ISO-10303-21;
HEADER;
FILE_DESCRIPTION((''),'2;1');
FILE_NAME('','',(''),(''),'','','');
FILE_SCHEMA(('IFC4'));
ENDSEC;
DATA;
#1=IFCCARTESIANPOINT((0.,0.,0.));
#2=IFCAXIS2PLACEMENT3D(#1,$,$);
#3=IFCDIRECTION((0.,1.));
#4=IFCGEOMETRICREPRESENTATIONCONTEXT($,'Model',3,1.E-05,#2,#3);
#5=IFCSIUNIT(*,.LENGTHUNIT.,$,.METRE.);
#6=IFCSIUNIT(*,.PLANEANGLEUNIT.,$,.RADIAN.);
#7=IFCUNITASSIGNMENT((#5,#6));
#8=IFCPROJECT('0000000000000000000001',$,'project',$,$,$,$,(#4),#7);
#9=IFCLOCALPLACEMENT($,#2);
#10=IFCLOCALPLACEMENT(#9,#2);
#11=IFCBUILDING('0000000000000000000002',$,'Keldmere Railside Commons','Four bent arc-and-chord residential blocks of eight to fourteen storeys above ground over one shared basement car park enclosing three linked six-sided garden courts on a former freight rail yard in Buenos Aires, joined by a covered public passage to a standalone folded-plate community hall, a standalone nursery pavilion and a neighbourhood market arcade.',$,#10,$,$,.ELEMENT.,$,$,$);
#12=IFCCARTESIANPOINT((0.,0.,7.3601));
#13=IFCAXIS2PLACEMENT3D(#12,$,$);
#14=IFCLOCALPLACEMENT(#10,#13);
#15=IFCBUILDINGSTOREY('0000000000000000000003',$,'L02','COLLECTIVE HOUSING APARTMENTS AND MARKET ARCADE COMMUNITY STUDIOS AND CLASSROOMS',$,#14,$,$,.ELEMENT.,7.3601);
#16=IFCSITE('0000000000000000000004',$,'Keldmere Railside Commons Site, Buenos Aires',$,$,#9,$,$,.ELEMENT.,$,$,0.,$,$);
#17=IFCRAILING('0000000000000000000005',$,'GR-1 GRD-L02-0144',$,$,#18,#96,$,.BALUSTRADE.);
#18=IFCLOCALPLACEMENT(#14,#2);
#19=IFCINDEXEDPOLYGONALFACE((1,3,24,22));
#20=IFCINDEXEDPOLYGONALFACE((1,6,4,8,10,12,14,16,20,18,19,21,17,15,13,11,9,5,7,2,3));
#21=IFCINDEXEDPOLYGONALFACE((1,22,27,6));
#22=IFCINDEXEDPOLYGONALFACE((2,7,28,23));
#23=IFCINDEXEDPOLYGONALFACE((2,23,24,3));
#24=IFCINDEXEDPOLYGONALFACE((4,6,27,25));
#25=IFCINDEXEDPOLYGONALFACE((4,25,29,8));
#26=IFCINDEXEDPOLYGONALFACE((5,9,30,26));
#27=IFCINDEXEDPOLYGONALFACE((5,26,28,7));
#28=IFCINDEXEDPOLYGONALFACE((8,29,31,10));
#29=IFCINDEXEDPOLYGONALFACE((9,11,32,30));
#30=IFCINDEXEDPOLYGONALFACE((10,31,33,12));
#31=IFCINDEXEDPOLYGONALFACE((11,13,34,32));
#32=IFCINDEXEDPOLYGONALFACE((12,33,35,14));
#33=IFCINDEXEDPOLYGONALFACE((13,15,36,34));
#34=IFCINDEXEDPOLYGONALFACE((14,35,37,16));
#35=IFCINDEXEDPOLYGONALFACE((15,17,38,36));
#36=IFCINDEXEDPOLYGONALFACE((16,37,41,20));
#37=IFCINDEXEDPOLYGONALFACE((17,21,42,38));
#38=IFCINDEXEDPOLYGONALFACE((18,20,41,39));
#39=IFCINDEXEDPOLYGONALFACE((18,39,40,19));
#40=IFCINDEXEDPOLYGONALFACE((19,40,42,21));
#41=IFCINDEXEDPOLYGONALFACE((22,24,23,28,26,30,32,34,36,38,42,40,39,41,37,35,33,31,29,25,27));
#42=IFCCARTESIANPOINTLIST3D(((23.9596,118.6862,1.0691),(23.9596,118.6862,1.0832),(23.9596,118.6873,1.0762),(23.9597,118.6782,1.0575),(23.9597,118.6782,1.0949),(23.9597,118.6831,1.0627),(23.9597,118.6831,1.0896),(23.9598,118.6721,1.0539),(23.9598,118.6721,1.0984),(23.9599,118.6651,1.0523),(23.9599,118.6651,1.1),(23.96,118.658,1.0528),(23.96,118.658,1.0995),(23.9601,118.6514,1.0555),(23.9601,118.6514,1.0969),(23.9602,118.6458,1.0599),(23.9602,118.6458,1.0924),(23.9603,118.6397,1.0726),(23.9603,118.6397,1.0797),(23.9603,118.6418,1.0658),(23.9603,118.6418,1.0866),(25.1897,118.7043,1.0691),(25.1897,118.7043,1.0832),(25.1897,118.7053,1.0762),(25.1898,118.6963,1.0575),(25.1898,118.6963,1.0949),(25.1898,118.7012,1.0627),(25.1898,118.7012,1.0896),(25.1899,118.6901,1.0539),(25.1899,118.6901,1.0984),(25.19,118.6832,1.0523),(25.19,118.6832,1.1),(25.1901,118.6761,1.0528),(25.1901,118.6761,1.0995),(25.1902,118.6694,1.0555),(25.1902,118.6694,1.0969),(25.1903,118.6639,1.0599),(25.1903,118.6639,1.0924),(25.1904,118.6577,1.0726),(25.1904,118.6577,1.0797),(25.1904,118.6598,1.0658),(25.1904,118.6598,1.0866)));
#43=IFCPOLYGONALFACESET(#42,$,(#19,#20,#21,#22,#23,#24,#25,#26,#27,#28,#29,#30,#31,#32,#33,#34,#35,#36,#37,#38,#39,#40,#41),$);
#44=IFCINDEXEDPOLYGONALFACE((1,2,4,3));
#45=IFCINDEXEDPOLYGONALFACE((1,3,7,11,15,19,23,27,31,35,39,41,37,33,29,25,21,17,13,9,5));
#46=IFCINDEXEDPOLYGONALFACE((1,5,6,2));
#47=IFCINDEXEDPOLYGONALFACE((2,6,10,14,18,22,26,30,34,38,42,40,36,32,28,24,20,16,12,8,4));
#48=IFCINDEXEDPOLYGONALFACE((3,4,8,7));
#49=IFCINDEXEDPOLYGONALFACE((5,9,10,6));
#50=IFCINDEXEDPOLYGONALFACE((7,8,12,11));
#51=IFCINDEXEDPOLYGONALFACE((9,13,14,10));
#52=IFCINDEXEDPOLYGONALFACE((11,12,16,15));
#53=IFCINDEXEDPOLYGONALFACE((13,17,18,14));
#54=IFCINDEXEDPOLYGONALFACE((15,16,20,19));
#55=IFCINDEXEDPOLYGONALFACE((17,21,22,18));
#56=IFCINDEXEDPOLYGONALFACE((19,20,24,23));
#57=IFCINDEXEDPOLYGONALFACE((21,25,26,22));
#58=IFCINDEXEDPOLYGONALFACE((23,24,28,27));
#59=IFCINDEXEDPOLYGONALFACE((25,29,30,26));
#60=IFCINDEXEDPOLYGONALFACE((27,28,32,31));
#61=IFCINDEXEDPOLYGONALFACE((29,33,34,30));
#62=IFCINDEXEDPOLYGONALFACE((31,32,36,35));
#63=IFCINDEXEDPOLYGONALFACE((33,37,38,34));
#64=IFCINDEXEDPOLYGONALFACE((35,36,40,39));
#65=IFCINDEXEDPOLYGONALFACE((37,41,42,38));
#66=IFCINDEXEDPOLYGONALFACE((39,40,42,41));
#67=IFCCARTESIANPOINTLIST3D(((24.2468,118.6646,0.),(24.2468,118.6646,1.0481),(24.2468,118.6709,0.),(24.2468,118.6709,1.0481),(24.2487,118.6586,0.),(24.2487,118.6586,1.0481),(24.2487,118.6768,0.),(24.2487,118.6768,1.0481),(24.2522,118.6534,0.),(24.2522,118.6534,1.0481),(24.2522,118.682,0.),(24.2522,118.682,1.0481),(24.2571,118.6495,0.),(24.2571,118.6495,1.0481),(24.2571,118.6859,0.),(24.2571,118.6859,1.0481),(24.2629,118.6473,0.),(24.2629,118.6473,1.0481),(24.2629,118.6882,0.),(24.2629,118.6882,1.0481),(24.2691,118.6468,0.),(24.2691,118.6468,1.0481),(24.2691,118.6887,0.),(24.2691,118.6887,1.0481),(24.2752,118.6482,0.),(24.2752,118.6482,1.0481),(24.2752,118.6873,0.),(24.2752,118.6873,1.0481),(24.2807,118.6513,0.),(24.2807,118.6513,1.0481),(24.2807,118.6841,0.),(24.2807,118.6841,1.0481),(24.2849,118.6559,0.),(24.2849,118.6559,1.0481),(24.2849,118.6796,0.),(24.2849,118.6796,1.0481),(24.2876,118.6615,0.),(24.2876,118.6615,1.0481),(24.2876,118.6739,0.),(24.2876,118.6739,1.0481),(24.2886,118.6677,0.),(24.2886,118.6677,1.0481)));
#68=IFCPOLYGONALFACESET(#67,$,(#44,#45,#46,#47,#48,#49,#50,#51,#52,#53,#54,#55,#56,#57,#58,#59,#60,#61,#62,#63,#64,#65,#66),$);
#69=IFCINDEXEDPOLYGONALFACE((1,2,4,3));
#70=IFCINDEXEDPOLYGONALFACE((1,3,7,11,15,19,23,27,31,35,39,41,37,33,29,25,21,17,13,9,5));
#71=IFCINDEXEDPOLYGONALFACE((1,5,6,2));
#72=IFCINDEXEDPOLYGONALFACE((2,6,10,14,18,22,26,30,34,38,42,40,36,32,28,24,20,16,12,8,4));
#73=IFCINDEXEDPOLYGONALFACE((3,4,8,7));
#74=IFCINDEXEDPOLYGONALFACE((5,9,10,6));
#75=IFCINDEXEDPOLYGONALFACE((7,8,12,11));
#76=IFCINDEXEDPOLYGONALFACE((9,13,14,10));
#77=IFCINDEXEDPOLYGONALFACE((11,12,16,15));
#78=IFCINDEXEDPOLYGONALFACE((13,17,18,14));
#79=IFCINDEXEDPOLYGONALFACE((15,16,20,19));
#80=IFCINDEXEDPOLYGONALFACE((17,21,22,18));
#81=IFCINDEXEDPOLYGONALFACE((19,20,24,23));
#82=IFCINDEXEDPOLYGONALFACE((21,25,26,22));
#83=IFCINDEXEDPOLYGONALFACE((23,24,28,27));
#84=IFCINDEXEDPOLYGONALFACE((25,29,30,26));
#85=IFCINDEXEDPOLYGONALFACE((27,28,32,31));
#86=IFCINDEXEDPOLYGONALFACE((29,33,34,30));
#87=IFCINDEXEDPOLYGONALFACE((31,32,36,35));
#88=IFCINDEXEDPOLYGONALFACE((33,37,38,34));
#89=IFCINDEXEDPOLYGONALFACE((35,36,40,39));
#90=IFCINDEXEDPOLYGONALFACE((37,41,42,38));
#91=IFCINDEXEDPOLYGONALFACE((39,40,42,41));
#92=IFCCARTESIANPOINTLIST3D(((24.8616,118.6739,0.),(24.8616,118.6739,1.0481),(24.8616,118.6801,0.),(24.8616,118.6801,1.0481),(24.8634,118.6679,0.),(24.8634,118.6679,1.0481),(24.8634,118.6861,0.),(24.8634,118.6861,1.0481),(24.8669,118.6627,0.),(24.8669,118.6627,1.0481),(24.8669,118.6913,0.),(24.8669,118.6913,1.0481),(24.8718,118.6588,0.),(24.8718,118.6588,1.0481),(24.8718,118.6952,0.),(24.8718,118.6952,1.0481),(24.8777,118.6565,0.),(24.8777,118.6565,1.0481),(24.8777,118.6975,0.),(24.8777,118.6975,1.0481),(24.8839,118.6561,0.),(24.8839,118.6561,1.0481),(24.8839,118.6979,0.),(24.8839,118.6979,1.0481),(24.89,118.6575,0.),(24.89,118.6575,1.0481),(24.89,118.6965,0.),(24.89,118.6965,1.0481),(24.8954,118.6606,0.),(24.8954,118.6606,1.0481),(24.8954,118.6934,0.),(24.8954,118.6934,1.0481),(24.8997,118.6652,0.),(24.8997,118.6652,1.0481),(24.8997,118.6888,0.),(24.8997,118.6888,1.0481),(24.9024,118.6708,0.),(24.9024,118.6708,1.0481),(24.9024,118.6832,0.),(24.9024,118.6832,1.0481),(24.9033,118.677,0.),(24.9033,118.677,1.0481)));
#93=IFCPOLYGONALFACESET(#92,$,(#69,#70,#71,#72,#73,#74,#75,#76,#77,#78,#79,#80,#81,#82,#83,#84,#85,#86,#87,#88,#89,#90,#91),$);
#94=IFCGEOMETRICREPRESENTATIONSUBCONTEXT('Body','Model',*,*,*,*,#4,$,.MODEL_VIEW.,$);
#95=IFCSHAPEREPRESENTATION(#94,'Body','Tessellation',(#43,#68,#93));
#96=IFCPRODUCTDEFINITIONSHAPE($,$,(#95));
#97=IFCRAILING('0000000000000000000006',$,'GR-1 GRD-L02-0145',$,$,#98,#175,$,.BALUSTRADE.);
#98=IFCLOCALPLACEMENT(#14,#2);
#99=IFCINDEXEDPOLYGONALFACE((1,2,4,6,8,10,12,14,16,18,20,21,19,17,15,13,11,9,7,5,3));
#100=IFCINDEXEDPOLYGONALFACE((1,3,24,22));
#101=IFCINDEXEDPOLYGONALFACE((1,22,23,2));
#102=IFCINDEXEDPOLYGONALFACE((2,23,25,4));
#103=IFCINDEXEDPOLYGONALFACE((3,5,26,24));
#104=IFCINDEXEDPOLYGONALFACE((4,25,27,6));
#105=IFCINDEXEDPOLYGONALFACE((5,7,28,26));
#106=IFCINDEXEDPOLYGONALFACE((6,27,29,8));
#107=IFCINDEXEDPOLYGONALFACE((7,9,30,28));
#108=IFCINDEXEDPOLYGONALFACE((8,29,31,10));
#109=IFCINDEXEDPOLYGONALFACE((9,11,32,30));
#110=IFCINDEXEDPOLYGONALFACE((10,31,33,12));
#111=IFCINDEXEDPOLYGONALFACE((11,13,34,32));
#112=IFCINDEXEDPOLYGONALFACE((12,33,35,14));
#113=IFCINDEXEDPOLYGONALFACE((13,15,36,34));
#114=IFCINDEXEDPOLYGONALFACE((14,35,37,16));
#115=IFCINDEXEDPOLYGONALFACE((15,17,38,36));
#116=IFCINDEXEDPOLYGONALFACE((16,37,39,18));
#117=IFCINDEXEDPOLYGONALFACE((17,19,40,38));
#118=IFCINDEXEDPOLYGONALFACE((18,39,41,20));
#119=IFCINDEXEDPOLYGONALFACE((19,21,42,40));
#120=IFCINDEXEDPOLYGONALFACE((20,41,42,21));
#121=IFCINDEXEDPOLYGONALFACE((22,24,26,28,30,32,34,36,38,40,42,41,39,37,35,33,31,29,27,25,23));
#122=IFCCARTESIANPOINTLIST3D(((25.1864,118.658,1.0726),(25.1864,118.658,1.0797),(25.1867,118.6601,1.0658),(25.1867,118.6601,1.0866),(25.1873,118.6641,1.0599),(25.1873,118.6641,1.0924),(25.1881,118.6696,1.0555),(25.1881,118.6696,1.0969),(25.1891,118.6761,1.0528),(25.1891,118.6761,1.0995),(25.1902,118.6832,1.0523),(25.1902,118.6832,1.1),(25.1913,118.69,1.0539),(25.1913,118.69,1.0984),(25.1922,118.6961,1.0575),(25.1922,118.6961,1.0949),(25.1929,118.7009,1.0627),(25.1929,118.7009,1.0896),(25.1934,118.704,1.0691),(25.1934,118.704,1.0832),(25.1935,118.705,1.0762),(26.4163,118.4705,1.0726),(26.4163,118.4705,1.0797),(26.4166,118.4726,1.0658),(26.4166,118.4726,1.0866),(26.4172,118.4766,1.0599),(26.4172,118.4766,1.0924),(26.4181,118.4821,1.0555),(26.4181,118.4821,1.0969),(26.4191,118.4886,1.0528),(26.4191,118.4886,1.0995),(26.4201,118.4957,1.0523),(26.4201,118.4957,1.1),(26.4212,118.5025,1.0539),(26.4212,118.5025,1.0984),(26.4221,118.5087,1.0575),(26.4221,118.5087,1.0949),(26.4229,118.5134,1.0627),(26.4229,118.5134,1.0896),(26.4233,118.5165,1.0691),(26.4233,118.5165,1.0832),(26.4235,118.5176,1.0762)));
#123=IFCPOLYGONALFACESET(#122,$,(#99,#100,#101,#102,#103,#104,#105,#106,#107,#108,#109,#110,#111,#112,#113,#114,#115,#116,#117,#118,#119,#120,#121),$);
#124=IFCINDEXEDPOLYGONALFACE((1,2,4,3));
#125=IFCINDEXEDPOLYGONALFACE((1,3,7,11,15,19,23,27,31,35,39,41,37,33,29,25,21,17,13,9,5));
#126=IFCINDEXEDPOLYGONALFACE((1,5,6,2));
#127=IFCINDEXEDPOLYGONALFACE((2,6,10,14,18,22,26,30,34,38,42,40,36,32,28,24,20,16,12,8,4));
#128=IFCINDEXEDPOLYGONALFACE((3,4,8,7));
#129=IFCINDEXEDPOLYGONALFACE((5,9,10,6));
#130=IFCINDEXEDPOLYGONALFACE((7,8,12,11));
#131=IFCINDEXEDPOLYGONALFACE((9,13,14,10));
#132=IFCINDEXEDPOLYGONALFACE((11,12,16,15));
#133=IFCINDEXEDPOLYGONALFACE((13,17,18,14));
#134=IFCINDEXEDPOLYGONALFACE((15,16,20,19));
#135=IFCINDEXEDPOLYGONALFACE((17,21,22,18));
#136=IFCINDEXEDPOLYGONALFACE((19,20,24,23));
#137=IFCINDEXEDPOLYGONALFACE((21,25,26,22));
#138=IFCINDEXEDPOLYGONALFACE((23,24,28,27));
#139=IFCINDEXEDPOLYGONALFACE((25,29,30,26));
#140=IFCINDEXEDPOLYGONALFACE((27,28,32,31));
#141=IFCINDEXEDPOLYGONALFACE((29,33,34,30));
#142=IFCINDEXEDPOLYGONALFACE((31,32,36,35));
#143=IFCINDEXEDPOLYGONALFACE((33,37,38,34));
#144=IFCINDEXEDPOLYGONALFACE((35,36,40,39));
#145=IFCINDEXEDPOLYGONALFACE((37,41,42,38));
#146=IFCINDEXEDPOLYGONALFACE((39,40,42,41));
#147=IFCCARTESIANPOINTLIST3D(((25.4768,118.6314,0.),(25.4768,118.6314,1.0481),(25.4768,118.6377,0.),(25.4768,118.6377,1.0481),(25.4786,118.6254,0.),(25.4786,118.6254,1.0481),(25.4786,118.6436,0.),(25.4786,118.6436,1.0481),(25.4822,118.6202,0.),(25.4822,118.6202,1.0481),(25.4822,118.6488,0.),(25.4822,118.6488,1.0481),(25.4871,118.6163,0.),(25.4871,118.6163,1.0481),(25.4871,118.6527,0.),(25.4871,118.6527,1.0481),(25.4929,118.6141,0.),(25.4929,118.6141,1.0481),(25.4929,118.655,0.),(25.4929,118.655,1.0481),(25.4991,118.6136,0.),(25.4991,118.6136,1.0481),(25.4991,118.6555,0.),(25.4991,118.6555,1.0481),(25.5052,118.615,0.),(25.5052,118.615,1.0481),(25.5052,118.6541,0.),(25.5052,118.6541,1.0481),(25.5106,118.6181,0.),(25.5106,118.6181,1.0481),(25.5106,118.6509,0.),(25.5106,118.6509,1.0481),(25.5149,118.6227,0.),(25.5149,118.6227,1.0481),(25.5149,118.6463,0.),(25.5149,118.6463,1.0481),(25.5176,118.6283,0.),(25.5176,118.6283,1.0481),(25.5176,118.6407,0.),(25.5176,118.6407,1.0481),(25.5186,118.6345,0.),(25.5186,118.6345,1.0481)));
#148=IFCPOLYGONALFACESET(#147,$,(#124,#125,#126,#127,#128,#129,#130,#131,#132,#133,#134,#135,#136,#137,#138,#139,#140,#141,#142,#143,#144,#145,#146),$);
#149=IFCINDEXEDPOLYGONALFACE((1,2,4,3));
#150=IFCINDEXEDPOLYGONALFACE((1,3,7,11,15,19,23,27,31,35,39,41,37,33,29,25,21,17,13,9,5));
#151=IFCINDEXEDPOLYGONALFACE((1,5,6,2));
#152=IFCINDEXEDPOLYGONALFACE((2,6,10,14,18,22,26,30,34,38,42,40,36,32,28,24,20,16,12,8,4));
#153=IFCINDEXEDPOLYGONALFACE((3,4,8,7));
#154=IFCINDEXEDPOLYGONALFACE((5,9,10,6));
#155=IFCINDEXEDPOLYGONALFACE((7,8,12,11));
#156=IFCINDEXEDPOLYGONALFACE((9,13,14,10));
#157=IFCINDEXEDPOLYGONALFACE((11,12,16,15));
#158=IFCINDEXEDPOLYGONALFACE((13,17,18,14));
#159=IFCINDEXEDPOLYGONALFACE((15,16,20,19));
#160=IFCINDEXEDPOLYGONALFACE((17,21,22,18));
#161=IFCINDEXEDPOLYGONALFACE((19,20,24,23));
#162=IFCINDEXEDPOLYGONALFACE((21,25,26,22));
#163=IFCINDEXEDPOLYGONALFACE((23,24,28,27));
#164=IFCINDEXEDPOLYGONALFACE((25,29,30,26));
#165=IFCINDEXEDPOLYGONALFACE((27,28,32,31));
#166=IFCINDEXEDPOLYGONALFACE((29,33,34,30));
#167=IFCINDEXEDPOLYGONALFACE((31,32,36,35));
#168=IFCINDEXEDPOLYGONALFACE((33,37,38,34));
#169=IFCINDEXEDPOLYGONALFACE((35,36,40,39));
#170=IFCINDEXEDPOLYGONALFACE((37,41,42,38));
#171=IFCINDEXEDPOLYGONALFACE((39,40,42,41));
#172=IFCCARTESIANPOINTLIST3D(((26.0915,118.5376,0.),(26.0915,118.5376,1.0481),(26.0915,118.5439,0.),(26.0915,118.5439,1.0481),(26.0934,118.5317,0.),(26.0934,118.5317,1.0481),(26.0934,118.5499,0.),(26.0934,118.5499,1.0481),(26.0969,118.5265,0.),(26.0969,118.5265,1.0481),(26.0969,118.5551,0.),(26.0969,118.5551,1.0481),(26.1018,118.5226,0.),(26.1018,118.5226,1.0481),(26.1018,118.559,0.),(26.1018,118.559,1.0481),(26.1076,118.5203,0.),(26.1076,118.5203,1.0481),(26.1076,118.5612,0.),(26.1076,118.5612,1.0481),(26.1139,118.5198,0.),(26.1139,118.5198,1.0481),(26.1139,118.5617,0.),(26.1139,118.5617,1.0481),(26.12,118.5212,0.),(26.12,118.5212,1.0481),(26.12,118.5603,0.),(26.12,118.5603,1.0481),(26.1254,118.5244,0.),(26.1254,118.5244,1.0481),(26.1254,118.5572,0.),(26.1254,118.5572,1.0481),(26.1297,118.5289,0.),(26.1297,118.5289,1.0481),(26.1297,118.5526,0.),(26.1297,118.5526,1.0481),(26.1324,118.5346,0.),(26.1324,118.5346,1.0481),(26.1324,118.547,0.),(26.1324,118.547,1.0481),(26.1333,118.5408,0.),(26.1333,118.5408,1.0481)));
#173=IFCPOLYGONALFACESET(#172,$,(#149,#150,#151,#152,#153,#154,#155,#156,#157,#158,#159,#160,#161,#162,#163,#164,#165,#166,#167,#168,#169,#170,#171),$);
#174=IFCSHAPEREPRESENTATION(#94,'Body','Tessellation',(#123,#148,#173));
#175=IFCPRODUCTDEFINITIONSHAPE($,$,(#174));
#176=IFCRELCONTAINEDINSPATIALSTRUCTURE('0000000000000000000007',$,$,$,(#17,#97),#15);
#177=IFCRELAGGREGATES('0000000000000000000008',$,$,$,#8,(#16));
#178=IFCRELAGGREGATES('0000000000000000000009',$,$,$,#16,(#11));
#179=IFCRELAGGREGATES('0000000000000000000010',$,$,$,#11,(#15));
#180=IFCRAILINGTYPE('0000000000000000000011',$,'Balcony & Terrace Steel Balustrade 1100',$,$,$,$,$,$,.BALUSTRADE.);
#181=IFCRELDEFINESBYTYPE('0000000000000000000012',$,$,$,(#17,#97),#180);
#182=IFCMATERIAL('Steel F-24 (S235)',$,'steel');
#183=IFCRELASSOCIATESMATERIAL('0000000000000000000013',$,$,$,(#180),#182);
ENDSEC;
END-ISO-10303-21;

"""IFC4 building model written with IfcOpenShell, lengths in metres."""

from ifc_helpers import new_model, si_unit, direction, frame, origin, origin_2d, place, context, subcontext, project, spatial, circle, extrude, material, type_object, element, save


model = new_model("IFC4")

# Units and contexts
model_context = context("Model", 3, precision=1e-05, world=origin(), true_north=direction((0.0, 1.0)))
body_context = subcontext(model_context, "Body", "Model", "MODEL_VIEW")
ifc_project = project(units=[si_unit("LENGTHUNIT", "METRE"), si_unit("PLANEANGLEUNIT", "RADIAN")], contexts=[model_context])

# Site, building, storey
site_placement = place(None, origin())
site = spatial("IfcSite", under=ifc_project, at=site_placement, Name="Keldmere Railside Commons Site, Buenos Aires", CompositionType="ELEMENT", RefElevation=0.0)
building_placement = place(site_placement, origin())
building = spatial("IfcBuilding", under=site, at=building_placement, Name="Keldmere Railside Commons", Description="Four bent arc-and-chord residential blocks of eight to fourteen storeys above ground over one shared basement car park enclosing three linked six-sided garden courts on a former freight rail yard in Buenos Aires, joined by a covered public passage to a standalone folded-plate community hall, a standalone nursery pavilion and a neighbourhood market arcade.", CompositionType="ELEMENT")
storey_placement = place(building_placement, frame((0.0, 0.0, 7.3601)))
storey = spatial("IfcBuildingStorey", under=building, at=storey_placement, Name="L02", Description="COLLECTIVE HOUSING APARTMENTS AND MARKET ARCADE COMMUNITY STUDIOS AND CLASSROOMS", CompositionType="ELEMENT", Elevation=7.3601)

# Railings
ifc_material_1 = material(Name="Steel F-24 (S235)", Category="steel")
railing_type = type_object("IfcRailingType", Name="Balcony & Terrace Steel Balustrade 1100", PredefinedType="BALUSTRADE", material=ifc_material_1)
railing_1_placement = place(storey_placement, frame((23.96, 118.6633, 0.0)))
element("IfcRailing", 1, at=railing_1_placement, inside=storey, type_object=railing_type, Name="GR-1 GRD-L02-0144", PredefinedType="BALUSTRADE", context=body_context, shape_type="SweptSolid", body=[
    extrude(circle(Radius=0.0239, at=origin_2d()), frame((0.0, 0.0, 1.0762), z_axis=(0.999892, 0.014687, 0.0), x_axis=(-0.014687, 0.999892, 0.0)), (0.0, 0.0, 1.0), 1.2302),
    extrude(circle(Radius=0.021, at=origin_2d()), frame((0.3076, 0.0044, 0.0)), (0.0, 0.0, 1.0), 1.0481),
    extrude(circle(Radius=0.021, at=origin_2d()), frame((0.9224, 0.0137, 0.0)), (0.0, 0.0, 1.0), 1.0481),
])
railing_2_placement = place(storey_placement, frame((25.1899, 118.6814, 0.0)))
element("IfcRailing", 2, at=railing_2_placement, inside=storey, type_object=railing_type, Name="GR-1 GRD-L02-0145", PredefinedType="BALUSTRADE", context=body_context, shape_type="SweptSolid", body=[
    extrude(circle(Radius=0.0239, at=origin_2d()), frame((0.0, 0.0, 1.0762), z_axis=(0.988579, -0.1507, 0.0), x_axis=(0.1507, 0.988579, 0.0)), (0.0, 0.0, 1.0), 1.2441),
    extrude(circle(Radius=0.021, at=origin_2d()), frame((0.3076, -0.0469, 0.0)), (0.0, 0.0, 1.0), 1.0481),
    extrude(circle(Radius=0.021, at=origin_2d()), frame((0.9224, -0.1406, 0.0)), (0.0, 0.0, 1.0), 1.0481),
])

save(model, "model.ifc")
